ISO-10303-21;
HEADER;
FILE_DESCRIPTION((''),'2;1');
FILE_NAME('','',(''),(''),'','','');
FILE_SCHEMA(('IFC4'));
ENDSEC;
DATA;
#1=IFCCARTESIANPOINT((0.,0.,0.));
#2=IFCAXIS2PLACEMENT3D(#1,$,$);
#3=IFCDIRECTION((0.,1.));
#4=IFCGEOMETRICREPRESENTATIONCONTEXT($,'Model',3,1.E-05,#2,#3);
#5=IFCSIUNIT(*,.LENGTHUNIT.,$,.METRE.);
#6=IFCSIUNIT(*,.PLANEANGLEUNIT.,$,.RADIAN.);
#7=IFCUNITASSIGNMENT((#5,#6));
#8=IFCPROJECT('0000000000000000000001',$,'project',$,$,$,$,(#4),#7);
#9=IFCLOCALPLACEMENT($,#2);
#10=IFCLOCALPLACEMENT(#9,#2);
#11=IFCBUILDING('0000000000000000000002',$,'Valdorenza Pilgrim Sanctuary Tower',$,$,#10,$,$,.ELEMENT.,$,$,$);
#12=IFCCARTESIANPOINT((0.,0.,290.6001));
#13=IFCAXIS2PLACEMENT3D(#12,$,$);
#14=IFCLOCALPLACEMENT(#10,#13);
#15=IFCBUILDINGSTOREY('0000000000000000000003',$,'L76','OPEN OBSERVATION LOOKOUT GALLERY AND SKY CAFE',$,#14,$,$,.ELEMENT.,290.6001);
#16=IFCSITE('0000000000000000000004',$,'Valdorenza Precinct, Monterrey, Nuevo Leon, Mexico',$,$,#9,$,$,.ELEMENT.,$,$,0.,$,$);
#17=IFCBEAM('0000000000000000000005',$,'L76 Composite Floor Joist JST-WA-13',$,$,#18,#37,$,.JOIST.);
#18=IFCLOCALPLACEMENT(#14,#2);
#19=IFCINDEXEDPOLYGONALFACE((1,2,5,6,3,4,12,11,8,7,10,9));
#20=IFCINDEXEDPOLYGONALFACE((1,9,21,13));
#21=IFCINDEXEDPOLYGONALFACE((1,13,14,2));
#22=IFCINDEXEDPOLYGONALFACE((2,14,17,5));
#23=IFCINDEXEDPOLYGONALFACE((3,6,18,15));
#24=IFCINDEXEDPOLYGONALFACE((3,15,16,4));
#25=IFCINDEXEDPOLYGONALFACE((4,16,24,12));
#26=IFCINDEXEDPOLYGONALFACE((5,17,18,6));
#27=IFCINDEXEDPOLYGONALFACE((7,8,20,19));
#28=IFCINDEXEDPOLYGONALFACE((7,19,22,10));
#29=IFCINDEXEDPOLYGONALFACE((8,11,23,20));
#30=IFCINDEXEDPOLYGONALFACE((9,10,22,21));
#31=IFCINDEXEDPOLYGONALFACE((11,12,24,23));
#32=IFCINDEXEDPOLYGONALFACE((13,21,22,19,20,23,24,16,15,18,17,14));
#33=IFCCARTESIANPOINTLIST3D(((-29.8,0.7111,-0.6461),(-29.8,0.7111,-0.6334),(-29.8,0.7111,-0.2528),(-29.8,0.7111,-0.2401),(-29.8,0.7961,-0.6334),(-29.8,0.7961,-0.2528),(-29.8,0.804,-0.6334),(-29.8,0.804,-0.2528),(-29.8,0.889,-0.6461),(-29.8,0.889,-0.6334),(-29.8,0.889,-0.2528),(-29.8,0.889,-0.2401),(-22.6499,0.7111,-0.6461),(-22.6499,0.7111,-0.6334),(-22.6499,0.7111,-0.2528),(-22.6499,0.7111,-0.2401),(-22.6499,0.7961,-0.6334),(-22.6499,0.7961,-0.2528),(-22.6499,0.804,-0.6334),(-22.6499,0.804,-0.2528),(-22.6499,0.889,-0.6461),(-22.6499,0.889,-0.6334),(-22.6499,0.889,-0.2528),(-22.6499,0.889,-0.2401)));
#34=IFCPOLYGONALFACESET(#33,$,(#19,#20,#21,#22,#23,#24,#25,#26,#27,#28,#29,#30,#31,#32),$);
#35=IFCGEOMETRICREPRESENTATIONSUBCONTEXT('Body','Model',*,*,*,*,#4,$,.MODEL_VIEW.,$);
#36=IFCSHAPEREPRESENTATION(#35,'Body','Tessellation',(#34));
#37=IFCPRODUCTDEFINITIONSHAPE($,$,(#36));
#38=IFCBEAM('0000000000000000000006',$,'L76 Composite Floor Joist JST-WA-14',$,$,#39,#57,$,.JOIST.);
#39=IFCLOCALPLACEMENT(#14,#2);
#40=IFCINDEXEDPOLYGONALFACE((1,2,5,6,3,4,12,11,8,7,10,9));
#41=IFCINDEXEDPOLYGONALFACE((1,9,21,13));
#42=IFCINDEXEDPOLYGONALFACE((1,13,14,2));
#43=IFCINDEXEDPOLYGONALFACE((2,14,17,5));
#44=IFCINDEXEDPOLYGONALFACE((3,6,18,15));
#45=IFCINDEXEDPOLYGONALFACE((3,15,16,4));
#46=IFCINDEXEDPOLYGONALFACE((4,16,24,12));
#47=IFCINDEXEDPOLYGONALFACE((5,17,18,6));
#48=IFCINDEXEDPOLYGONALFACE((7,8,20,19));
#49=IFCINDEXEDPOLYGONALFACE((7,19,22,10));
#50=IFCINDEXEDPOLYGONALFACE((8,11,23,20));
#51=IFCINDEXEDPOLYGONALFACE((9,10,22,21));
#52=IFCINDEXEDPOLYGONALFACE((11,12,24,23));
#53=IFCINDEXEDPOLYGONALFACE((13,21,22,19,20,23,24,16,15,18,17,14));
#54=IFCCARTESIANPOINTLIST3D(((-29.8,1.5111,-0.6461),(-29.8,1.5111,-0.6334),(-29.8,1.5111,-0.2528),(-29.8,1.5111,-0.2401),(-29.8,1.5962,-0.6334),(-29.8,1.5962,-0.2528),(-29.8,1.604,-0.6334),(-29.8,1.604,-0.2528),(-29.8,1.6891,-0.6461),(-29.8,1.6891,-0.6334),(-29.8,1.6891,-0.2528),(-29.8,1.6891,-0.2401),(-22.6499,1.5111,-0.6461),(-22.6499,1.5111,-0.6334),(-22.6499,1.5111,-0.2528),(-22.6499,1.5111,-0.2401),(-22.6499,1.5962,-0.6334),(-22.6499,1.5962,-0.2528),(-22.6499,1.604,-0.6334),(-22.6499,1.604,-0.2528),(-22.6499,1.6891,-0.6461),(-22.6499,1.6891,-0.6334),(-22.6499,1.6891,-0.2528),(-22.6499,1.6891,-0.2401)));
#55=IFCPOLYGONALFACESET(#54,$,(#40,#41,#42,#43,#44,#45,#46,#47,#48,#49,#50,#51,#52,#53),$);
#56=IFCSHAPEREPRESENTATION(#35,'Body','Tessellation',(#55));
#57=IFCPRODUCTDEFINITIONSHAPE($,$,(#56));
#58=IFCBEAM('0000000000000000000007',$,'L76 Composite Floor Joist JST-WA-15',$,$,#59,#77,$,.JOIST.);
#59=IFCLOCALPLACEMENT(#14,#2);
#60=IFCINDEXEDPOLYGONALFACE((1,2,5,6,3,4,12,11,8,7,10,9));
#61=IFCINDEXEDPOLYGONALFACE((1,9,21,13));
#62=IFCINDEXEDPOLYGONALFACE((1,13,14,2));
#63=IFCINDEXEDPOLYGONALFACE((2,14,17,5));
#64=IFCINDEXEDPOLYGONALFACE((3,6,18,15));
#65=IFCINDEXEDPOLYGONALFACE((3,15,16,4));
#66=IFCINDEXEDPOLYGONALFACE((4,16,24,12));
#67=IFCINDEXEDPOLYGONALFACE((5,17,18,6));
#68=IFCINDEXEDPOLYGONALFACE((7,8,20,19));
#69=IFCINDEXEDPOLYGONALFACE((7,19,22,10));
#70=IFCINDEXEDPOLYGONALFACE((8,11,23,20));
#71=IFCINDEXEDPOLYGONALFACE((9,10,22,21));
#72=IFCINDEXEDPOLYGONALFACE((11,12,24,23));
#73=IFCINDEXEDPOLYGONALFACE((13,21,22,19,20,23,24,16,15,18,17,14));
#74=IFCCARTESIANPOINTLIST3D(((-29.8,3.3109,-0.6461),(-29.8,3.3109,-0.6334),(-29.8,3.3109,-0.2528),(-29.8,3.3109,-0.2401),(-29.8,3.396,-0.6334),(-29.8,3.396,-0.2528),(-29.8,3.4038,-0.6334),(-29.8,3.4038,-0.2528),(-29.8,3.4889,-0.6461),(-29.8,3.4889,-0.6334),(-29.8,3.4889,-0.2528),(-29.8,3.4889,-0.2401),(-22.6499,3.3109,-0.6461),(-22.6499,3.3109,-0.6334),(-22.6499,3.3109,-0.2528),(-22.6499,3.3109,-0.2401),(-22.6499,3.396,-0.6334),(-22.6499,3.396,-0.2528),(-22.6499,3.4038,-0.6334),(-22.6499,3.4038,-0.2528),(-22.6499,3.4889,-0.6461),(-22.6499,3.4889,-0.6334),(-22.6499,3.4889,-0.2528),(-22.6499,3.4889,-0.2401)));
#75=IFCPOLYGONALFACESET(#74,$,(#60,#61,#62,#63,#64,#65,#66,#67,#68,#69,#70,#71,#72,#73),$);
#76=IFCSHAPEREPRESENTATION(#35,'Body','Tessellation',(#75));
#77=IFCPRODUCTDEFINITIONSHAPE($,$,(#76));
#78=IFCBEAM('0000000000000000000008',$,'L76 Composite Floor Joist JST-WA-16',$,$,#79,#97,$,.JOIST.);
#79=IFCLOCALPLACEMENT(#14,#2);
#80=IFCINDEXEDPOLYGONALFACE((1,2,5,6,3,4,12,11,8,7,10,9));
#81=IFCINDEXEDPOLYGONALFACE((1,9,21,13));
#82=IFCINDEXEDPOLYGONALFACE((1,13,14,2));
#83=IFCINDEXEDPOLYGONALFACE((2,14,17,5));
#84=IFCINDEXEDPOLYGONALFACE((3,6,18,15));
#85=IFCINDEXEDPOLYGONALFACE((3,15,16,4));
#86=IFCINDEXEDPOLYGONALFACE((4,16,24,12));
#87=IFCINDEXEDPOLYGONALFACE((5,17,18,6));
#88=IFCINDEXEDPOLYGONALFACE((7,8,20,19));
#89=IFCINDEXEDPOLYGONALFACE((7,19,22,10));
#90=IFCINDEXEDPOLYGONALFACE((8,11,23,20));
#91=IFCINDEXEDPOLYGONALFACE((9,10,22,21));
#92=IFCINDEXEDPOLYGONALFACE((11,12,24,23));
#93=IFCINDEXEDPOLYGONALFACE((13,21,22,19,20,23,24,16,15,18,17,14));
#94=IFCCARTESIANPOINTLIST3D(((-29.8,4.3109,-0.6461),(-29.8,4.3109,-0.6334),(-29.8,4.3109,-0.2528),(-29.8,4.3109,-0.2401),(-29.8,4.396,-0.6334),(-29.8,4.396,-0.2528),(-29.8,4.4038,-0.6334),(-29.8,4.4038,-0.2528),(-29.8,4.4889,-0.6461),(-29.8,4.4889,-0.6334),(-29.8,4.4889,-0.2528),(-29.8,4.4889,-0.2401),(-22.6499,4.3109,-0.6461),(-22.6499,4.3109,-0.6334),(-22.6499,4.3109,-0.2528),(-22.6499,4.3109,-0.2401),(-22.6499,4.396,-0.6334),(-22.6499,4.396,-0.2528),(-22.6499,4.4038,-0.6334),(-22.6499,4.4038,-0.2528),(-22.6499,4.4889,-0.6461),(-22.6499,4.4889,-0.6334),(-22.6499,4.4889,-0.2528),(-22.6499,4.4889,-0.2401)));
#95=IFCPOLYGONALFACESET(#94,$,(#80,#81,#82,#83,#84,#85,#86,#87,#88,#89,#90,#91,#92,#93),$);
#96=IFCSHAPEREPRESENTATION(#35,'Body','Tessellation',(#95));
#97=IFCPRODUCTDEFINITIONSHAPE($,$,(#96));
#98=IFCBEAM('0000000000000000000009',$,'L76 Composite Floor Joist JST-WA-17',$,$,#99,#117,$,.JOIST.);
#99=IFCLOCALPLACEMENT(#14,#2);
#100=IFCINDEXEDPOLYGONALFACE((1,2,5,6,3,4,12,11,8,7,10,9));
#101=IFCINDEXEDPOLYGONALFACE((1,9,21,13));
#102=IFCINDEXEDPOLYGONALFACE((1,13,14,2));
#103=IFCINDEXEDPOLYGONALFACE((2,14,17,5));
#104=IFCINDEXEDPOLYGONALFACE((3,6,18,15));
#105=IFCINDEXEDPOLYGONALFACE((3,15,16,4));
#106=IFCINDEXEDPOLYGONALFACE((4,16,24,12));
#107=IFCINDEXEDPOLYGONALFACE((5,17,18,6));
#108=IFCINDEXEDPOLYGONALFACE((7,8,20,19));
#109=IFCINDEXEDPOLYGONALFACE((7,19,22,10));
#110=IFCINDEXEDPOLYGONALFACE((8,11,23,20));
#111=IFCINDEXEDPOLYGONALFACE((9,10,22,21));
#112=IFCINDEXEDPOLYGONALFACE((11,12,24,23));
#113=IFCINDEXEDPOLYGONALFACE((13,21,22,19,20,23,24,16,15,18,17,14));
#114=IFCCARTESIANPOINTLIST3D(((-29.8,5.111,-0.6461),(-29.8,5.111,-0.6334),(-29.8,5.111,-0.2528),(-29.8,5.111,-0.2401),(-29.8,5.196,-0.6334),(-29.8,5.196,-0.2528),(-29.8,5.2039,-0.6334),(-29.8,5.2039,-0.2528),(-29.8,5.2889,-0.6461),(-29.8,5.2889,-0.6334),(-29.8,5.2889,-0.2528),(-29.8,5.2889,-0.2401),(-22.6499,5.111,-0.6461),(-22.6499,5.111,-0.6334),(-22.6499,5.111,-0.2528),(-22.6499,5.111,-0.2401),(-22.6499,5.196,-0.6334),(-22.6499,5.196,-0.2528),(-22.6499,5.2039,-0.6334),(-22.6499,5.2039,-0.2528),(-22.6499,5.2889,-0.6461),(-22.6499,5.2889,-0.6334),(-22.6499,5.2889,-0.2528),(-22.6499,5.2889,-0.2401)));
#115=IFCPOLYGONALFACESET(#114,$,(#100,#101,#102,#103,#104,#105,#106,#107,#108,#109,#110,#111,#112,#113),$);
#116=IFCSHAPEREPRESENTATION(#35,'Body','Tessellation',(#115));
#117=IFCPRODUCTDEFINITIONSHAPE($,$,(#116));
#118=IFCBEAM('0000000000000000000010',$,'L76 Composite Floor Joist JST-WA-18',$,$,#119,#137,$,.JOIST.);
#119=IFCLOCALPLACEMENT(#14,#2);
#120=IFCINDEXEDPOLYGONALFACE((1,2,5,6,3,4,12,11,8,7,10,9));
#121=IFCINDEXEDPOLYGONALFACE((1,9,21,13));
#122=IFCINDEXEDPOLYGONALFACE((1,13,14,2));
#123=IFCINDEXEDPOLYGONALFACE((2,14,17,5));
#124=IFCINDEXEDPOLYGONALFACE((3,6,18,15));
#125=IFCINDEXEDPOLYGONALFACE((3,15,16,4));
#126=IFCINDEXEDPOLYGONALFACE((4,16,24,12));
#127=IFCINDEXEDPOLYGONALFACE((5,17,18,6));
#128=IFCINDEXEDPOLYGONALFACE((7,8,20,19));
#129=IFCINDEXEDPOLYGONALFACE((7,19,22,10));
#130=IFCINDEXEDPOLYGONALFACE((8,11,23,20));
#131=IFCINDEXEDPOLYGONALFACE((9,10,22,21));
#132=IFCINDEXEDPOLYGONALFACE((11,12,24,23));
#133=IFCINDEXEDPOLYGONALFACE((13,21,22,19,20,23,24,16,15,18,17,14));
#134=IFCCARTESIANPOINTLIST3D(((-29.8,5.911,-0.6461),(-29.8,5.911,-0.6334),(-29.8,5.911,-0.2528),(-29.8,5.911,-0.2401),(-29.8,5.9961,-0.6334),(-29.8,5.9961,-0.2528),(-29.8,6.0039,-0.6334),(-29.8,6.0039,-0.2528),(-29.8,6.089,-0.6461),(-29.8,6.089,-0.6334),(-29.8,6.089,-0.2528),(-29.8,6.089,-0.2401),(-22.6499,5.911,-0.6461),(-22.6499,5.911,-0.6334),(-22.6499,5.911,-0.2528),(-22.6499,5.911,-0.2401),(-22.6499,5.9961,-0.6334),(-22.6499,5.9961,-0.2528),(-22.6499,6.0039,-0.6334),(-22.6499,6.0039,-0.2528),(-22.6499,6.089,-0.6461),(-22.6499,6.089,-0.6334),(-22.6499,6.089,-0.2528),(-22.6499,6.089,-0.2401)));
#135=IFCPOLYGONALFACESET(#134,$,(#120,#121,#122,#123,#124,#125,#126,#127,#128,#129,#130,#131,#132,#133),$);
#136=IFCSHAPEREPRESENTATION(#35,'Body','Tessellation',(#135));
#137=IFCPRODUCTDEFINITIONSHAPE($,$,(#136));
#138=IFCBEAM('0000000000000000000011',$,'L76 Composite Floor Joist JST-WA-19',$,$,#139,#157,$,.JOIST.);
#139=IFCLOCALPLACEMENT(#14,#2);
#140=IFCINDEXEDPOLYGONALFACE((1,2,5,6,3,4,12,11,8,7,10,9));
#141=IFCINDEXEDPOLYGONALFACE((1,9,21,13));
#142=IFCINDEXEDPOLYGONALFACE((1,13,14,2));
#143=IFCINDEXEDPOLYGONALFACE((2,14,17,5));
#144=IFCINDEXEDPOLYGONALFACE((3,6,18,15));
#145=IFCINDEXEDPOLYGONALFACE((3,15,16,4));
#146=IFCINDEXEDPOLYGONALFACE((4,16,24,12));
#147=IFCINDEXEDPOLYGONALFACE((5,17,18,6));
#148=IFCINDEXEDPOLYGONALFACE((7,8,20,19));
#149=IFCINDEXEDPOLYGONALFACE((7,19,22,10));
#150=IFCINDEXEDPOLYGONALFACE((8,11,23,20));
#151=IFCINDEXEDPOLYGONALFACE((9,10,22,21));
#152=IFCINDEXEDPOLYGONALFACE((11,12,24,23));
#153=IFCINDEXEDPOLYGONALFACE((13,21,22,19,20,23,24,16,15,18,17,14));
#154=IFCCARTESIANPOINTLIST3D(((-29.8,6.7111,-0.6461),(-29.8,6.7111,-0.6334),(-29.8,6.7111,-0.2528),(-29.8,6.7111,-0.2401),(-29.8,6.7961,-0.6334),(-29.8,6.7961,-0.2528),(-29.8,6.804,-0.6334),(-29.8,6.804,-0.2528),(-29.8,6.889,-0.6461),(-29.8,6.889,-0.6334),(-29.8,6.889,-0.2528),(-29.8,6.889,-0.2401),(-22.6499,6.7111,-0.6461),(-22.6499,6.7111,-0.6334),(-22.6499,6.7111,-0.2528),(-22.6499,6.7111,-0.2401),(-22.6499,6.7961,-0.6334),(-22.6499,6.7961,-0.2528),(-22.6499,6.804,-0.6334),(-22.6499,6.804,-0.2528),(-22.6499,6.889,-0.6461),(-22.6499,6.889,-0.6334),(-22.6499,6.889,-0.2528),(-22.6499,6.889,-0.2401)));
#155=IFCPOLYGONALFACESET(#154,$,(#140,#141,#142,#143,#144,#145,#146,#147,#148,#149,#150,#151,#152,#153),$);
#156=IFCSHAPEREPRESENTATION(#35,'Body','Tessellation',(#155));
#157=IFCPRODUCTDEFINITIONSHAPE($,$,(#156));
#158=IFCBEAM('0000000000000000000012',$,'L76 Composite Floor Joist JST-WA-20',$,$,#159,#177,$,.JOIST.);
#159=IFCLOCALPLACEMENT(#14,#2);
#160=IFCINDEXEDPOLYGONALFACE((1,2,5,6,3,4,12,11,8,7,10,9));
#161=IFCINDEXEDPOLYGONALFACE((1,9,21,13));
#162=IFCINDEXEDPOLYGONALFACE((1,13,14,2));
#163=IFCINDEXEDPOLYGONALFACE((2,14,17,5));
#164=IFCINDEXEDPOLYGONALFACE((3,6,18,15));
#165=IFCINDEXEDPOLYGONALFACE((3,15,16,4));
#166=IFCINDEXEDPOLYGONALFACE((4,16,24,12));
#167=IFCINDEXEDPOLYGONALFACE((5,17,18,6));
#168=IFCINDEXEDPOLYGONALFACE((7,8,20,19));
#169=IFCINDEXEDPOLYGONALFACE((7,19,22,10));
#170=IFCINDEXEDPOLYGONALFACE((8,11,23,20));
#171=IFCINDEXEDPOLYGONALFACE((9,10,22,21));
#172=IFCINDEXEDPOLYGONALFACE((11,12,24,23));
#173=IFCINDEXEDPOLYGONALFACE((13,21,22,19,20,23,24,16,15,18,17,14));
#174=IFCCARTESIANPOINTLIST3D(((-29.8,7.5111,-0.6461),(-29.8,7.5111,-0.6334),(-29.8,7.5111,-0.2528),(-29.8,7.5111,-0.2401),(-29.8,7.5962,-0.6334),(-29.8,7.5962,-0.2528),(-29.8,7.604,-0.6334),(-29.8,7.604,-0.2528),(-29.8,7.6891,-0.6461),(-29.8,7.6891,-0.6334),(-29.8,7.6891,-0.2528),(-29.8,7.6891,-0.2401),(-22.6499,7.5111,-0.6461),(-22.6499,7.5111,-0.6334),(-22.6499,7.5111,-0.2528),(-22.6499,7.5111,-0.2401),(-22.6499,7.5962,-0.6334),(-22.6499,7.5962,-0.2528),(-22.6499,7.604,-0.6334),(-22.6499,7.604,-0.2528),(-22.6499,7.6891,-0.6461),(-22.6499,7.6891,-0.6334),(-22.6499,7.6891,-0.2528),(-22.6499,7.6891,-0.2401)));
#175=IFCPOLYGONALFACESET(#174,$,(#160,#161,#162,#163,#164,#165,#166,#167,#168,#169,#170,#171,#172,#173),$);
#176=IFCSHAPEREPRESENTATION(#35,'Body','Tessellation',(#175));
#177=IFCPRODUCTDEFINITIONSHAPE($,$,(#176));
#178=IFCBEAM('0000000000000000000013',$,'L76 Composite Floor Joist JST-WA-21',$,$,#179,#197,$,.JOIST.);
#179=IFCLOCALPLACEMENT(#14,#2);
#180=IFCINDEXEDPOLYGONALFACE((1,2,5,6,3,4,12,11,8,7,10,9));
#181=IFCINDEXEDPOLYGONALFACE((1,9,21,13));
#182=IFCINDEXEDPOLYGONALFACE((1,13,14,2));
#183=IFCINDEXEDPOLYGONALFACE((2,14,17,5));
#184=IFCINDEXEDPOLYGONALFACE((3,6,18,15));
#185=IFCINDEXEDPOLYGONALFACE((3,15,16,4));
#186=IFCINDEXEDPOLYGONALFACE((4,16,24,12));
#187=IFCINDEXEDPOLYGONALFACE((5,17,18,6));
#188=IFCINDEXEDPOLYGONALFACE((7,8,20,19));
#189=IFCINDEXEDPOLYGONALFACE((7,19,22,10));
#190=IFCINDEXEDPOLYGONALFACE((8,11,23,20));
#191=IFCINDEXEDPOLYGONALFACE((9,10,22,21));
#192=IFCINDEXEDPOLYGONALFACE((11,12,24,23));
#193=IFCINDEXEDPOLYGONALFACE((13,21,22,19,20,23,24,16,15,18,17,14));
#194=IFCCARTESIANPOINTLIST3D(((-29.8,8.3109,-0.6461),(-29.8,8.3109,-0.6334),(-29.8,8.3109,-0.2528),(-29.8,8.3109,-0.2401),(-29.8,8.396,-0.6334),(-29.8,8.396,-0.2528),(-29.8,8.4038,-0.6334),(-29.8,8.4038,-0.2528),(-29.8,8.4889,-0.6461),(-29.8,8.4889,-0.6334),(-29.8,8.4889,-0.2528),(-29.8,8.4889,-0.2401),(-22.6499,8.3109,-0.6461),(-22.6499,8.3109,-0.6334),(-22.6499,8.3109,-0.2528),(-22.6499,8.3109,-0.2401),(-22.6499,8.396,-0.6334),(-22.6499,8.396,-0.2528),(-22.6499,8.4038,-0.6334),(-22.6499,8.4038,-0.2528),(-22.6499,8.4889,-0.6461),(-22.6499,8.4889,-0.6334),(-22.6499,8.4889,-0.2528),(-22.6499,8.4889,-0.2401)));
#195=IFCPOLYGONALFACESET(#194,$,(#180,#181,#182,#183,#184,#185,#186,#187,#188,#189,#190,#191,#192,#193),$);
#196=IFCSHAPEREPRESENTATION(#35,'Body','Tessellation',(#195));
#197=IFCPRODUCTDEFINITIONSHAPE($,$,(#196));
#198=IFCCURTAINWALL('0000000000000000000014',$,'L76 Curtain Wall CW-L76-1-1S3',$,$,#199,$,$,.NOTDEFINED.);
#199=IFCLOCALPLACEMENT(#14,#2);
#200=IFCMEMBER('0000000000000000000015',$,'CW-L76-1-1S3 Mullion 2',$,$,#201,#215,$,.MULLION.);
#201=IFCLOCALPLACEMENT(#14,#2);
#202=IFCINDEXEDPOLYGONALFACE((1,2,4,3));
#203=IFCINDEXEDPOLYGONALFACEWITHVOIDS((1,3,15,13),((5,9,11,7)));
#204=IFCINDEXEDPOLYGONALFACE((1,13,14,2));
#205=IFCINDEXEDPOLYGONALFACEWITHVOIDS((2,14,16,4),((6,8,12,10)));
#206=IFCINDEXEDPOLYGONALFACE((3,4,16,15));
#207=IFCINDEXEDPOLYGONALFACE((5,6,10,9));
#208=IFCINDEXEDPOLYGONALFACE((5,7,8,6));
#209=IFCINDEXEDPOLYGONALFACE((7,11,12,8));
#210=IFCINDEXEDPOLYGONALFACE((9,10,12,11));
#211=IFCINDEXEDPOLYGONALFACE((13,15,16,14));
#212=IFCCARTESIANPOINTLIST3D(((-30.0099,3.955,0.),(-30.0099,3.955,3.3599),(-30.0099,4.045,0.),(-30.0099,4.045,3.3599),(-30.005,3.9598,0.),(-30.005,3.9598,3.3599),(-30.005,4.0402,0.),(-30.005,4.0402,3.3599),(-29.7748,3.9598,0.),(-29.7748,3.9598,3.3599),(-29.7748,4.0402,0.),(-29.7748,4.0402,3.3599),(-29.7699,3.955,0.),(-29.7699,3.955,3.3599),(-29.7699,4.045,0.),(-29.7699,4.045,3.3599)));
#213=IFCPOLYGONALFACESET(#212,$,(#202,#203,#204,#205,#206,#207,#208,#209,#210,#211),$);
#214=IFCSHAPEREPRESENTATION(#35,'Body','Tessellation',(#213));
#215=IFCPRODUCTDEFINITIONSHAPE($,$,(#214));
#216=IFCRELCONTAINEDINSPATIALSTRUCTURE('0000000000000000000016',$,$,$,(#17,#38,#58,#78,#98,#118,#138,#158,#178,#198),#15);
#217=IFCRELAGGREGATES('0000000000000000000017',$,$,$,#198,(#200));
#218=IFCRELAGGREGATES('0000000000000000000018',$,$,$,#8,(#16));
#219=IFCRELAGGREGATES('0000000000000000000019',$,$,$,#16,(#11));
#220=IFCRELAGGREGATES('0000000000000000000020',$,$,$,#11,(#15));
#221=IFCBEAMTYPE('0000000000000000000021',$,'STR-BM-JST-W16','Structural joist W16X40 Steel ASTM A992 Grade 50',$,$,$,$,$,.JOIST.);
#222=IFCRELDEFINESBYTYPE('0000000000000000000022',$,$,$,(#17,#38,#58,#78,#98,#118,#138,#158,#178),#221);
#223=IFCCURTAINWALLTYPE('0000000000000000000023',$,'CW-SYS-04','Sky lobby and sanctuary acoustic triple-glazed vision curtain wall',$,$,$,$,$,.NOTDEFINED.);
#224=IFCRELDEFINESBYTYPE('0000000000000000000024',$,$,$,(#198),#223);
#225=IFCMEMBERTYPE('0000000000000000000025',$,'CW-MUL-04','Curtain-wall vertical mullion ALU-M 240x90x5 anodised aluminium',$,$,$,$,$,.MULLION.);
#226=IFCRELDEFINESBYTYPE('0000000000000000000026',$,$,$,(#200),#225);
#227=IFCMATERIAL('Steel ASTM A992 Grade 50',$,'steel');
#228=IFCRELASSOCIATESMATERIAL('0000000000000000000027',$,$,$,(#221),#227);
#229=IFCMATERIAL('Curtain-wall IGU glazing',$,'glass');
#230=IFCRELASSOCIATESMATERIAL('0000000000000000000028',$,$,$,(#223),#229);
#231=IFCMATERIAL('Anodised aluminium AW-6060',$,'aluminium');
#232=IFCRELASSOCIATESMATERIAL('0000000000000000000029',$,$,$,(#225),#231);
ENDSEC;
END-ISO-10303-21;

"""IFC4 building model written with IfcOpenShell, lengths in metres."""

from ifc_helpers import new_model, si_unit, direction, frame, origin, origin_2d, place, context, subcontext, project, spatial, hollow_rectangle, i_section, extrude, source, transform, mapped, material, material_profile, profile_set, type_object, element, aggregate, save


model = new_model("IFC4")

# Units and contexts
model_context = context("Model", 3, precision=1e-05, world=origin(), true_north=direction((0.0, 1.0)))
body_context = subcontext(model_context, "Body", "Model", "MODEL_VIEW")
ifc_project = project(units=[si_unit("LENGTHUNIT", "METRE"), si_unit("PLANEANGLEUNIT", "RADIAN")], contexts=[model_context])

# Site, building, storey
site_placement = place(None, origin())
site = spatial("IfcSite", under=ifc_project, at=site_placement, Name="Valdorenza Precinct, Monterrey, Nuevo Leon, Mexico", CompositionType="ELEMENT", RefElevation=0.0)
building_placement = place(site_placement, origin())
building = spatial("IfcBuilding", under=site, at=building_placement, Name="Valdorenza Pilgrim Sanctuary Tower", CompositionType="ELEMENT")
storey_placement = place(building_placement, frame((0.0, 0.0, 290.6001)))
storey = spatial("IfcBuildingStorey", under=building, at=storey_placement, Name="L76", Description="OPEN OBSERVATION LOOKOUT GALLERY AND SKY CAFE", CompositionType="ELEMENT", Elevation=290.6001)

# Beams
ifc_material_1 = material(Name="Steel ASTM A992 Grade 50", Category="steel")
ifc_material_profile_1 = material_profile(ifc_material_1, i_section(OverallWidth=0.178, OverallDepth=0.406, WebThickness=0.0078, FlangeThickness=0.0127, at=origin_2d()), Name="W16X40")
ifc_profile_set_1 = profile_set([ifc_material_profile_1], Name="Steel ASTM A992 Grade 50")
beam_type = type_object("IfcBeamType", Name="STR-BM-JST-W16", Description="Structural joist W16X40 Steel ASTM A992 Grade 50", PredefinedType="JOIST", material=ifc_profile_set_1)
shared_shape_1 = source(origin(), body_context, "Body", "SweptSolid", [
    extrude(i_section(OverallWidth=0.178, OverallDepth=0.406, WebThickness=0.0078, FlangeThickness=0.0127, at=origin_2d()), origin(), (0.0, 0.0, 1.0), 7.1501),
])
for number, where, z_axis, x_axis, name in (
    (1, (-29.8, 0.8, -0.4431), (1.0, 0.0, 0.0), (0.0, 1.0, 0.0), "L76 Composite Floor Joist JST-WA-13"),
    (2, (-29.8, 1.6001, -0.4431), (1.0, 0.0, 0.0), (0.0, 1.0, 0.0), "L76 Composite Floor Joist JST-WA-14"),
    (3, (-29.8, 3.3999, -0.4431), (1.0, 0.0, 0.0), (0.0, 1.0, 0.0), "L76 Composite Floor Joist JST-WA-15"),
    (4, (-29.8, 4.3999, -0.4431), (1.0, 0.0, 0.0), (0.0, 1.0, 0.0), "L76 Composite Floor Joist JST-WA-16"),
    (5, (-29.8, 5.2, -0.4431), (1.0, 0.0, 0.0), (0.0, 1.0, 0.0), "L76 Composite Floor Joist JST-WA-17"),
    (6, (-29.8, 6.0, -0.4431), (1.0, 0.0, 0.0), (0.0, 1.0, 0.0), "L76 Composite Floor Joist JST-WA-18"),
    (7, (-29.8, 6.8, -0.4431), (1.0, 0.0, 0.0), (0.0, 1.0, 0.0), "L76 Composite Floor Joist JST-WA-19"),
    (8, (-29.8, 7.6001, -0.4431), (1.0, 0.0, 0.0), (0.0, 1.0, 0.0), "L76 Composite Floor Joist JST-WA-20"),
    (9, (-29.8, 8.3999, -0.4431), (1.0, 0.0, 0.0), (0.0, 1.0, 0.0), "L76 Composite Floor Joist JST-WA-21"),
):
    element("IfcBeam", number, at=place(storey_placement, frame(where, z_axis=z_axis, x_axis=x_axis)), inside=storey, type_object=beam_type, Name=name, PredefinedType="JOIST", context=body_context, shape_type="MappedRepresentation", body=[
        mapped(shared_shape_1, transform((0.0, 0.0, 0.0), x_axis=(1.0, 0.0, 0.0), y_axis=(0.0, 1.0, 0.0), z_axis=(0.0, 0.0, 1.0), scale=1.0)),
    ])

# Curtain wall, member
ifc_material_2 = material(Name="Curtain-wall IGU glazing", Category="glass")
curtain_wall_type = type_object("IfcCurtainWallType", Name="CW-SYS-04", Description="Sky lobby and sanctuary acoustic triple-glazed vision curtain wall", PredefinedType="NOTDEFINED", material=ifc_material_2)
curtain_wall_placement = place(storey_placement, origin())
curtain_wall = element("IfcCurtainWall", 10, at=curtain_wall_placement, inside=storey, type_object=curtain_wall_type, Name="L76 Curtain Wall CW-L76-1-1S3", PredefinedType="NOTDEFINED")
ifc_material_3 = material(Name="Anodised aluminium AW-6060", Category="aluminium")
ifc_material_profile_2 = material_profile(ifc_material_3, hollow_rectangle(XDim=0.0901, YDim=0.24, WallThickness=0.0049, at=origin_2d()), Name="ALU-M 240x90x5")
ifc_profile_set_2 = profile_set([ifc_material_profile_2], Name="Anodised aluminium AW-6060")
member_type = type_object("IfcMemberType", Name="CW-MUL-04", Description="Curtain-wall vertical mullion ALU-M 240x90x5 anodised aluminium", PredefinedType="MULLION", material=ifc_profile_set_2)
shared_shape_2 = source(origin(), body_context, "Body", "SweptSolid", [
    extrude(hollow_rectangle(XDim=0.0901, YDim=0.24, WallThickness=0.0049, at=origin_2d()), origin(), (0.0, 0.0, 1.0), 3.3599),
])
member_placement = place(storey_placement, frame((-29.8899, 4.0, 0.0), z_axis=(0.0, 0.0, 1.0), x_axis=(0.0, 1.0, 0.0)))
member = element("IfcMember", 11, at=member_placement, type_object=member_type, Name="CW-L76-1-1S3 Mullion 2", PredefinedType="MULLION", context=body_context, shape_type="MappedRepresentation", body=[
    mapped(shared_shape_2, transform((0.0, 0.0, 0.0), x_axis=(1.0, 0.0, 0.0), y_axis=(0.0, 1.0, 0.0), z_axis=(0.0, 0.0, 1.0), scale=1.0)),
])
aggregate(curtain_wall, [member])

save(model, "model.ifc")
